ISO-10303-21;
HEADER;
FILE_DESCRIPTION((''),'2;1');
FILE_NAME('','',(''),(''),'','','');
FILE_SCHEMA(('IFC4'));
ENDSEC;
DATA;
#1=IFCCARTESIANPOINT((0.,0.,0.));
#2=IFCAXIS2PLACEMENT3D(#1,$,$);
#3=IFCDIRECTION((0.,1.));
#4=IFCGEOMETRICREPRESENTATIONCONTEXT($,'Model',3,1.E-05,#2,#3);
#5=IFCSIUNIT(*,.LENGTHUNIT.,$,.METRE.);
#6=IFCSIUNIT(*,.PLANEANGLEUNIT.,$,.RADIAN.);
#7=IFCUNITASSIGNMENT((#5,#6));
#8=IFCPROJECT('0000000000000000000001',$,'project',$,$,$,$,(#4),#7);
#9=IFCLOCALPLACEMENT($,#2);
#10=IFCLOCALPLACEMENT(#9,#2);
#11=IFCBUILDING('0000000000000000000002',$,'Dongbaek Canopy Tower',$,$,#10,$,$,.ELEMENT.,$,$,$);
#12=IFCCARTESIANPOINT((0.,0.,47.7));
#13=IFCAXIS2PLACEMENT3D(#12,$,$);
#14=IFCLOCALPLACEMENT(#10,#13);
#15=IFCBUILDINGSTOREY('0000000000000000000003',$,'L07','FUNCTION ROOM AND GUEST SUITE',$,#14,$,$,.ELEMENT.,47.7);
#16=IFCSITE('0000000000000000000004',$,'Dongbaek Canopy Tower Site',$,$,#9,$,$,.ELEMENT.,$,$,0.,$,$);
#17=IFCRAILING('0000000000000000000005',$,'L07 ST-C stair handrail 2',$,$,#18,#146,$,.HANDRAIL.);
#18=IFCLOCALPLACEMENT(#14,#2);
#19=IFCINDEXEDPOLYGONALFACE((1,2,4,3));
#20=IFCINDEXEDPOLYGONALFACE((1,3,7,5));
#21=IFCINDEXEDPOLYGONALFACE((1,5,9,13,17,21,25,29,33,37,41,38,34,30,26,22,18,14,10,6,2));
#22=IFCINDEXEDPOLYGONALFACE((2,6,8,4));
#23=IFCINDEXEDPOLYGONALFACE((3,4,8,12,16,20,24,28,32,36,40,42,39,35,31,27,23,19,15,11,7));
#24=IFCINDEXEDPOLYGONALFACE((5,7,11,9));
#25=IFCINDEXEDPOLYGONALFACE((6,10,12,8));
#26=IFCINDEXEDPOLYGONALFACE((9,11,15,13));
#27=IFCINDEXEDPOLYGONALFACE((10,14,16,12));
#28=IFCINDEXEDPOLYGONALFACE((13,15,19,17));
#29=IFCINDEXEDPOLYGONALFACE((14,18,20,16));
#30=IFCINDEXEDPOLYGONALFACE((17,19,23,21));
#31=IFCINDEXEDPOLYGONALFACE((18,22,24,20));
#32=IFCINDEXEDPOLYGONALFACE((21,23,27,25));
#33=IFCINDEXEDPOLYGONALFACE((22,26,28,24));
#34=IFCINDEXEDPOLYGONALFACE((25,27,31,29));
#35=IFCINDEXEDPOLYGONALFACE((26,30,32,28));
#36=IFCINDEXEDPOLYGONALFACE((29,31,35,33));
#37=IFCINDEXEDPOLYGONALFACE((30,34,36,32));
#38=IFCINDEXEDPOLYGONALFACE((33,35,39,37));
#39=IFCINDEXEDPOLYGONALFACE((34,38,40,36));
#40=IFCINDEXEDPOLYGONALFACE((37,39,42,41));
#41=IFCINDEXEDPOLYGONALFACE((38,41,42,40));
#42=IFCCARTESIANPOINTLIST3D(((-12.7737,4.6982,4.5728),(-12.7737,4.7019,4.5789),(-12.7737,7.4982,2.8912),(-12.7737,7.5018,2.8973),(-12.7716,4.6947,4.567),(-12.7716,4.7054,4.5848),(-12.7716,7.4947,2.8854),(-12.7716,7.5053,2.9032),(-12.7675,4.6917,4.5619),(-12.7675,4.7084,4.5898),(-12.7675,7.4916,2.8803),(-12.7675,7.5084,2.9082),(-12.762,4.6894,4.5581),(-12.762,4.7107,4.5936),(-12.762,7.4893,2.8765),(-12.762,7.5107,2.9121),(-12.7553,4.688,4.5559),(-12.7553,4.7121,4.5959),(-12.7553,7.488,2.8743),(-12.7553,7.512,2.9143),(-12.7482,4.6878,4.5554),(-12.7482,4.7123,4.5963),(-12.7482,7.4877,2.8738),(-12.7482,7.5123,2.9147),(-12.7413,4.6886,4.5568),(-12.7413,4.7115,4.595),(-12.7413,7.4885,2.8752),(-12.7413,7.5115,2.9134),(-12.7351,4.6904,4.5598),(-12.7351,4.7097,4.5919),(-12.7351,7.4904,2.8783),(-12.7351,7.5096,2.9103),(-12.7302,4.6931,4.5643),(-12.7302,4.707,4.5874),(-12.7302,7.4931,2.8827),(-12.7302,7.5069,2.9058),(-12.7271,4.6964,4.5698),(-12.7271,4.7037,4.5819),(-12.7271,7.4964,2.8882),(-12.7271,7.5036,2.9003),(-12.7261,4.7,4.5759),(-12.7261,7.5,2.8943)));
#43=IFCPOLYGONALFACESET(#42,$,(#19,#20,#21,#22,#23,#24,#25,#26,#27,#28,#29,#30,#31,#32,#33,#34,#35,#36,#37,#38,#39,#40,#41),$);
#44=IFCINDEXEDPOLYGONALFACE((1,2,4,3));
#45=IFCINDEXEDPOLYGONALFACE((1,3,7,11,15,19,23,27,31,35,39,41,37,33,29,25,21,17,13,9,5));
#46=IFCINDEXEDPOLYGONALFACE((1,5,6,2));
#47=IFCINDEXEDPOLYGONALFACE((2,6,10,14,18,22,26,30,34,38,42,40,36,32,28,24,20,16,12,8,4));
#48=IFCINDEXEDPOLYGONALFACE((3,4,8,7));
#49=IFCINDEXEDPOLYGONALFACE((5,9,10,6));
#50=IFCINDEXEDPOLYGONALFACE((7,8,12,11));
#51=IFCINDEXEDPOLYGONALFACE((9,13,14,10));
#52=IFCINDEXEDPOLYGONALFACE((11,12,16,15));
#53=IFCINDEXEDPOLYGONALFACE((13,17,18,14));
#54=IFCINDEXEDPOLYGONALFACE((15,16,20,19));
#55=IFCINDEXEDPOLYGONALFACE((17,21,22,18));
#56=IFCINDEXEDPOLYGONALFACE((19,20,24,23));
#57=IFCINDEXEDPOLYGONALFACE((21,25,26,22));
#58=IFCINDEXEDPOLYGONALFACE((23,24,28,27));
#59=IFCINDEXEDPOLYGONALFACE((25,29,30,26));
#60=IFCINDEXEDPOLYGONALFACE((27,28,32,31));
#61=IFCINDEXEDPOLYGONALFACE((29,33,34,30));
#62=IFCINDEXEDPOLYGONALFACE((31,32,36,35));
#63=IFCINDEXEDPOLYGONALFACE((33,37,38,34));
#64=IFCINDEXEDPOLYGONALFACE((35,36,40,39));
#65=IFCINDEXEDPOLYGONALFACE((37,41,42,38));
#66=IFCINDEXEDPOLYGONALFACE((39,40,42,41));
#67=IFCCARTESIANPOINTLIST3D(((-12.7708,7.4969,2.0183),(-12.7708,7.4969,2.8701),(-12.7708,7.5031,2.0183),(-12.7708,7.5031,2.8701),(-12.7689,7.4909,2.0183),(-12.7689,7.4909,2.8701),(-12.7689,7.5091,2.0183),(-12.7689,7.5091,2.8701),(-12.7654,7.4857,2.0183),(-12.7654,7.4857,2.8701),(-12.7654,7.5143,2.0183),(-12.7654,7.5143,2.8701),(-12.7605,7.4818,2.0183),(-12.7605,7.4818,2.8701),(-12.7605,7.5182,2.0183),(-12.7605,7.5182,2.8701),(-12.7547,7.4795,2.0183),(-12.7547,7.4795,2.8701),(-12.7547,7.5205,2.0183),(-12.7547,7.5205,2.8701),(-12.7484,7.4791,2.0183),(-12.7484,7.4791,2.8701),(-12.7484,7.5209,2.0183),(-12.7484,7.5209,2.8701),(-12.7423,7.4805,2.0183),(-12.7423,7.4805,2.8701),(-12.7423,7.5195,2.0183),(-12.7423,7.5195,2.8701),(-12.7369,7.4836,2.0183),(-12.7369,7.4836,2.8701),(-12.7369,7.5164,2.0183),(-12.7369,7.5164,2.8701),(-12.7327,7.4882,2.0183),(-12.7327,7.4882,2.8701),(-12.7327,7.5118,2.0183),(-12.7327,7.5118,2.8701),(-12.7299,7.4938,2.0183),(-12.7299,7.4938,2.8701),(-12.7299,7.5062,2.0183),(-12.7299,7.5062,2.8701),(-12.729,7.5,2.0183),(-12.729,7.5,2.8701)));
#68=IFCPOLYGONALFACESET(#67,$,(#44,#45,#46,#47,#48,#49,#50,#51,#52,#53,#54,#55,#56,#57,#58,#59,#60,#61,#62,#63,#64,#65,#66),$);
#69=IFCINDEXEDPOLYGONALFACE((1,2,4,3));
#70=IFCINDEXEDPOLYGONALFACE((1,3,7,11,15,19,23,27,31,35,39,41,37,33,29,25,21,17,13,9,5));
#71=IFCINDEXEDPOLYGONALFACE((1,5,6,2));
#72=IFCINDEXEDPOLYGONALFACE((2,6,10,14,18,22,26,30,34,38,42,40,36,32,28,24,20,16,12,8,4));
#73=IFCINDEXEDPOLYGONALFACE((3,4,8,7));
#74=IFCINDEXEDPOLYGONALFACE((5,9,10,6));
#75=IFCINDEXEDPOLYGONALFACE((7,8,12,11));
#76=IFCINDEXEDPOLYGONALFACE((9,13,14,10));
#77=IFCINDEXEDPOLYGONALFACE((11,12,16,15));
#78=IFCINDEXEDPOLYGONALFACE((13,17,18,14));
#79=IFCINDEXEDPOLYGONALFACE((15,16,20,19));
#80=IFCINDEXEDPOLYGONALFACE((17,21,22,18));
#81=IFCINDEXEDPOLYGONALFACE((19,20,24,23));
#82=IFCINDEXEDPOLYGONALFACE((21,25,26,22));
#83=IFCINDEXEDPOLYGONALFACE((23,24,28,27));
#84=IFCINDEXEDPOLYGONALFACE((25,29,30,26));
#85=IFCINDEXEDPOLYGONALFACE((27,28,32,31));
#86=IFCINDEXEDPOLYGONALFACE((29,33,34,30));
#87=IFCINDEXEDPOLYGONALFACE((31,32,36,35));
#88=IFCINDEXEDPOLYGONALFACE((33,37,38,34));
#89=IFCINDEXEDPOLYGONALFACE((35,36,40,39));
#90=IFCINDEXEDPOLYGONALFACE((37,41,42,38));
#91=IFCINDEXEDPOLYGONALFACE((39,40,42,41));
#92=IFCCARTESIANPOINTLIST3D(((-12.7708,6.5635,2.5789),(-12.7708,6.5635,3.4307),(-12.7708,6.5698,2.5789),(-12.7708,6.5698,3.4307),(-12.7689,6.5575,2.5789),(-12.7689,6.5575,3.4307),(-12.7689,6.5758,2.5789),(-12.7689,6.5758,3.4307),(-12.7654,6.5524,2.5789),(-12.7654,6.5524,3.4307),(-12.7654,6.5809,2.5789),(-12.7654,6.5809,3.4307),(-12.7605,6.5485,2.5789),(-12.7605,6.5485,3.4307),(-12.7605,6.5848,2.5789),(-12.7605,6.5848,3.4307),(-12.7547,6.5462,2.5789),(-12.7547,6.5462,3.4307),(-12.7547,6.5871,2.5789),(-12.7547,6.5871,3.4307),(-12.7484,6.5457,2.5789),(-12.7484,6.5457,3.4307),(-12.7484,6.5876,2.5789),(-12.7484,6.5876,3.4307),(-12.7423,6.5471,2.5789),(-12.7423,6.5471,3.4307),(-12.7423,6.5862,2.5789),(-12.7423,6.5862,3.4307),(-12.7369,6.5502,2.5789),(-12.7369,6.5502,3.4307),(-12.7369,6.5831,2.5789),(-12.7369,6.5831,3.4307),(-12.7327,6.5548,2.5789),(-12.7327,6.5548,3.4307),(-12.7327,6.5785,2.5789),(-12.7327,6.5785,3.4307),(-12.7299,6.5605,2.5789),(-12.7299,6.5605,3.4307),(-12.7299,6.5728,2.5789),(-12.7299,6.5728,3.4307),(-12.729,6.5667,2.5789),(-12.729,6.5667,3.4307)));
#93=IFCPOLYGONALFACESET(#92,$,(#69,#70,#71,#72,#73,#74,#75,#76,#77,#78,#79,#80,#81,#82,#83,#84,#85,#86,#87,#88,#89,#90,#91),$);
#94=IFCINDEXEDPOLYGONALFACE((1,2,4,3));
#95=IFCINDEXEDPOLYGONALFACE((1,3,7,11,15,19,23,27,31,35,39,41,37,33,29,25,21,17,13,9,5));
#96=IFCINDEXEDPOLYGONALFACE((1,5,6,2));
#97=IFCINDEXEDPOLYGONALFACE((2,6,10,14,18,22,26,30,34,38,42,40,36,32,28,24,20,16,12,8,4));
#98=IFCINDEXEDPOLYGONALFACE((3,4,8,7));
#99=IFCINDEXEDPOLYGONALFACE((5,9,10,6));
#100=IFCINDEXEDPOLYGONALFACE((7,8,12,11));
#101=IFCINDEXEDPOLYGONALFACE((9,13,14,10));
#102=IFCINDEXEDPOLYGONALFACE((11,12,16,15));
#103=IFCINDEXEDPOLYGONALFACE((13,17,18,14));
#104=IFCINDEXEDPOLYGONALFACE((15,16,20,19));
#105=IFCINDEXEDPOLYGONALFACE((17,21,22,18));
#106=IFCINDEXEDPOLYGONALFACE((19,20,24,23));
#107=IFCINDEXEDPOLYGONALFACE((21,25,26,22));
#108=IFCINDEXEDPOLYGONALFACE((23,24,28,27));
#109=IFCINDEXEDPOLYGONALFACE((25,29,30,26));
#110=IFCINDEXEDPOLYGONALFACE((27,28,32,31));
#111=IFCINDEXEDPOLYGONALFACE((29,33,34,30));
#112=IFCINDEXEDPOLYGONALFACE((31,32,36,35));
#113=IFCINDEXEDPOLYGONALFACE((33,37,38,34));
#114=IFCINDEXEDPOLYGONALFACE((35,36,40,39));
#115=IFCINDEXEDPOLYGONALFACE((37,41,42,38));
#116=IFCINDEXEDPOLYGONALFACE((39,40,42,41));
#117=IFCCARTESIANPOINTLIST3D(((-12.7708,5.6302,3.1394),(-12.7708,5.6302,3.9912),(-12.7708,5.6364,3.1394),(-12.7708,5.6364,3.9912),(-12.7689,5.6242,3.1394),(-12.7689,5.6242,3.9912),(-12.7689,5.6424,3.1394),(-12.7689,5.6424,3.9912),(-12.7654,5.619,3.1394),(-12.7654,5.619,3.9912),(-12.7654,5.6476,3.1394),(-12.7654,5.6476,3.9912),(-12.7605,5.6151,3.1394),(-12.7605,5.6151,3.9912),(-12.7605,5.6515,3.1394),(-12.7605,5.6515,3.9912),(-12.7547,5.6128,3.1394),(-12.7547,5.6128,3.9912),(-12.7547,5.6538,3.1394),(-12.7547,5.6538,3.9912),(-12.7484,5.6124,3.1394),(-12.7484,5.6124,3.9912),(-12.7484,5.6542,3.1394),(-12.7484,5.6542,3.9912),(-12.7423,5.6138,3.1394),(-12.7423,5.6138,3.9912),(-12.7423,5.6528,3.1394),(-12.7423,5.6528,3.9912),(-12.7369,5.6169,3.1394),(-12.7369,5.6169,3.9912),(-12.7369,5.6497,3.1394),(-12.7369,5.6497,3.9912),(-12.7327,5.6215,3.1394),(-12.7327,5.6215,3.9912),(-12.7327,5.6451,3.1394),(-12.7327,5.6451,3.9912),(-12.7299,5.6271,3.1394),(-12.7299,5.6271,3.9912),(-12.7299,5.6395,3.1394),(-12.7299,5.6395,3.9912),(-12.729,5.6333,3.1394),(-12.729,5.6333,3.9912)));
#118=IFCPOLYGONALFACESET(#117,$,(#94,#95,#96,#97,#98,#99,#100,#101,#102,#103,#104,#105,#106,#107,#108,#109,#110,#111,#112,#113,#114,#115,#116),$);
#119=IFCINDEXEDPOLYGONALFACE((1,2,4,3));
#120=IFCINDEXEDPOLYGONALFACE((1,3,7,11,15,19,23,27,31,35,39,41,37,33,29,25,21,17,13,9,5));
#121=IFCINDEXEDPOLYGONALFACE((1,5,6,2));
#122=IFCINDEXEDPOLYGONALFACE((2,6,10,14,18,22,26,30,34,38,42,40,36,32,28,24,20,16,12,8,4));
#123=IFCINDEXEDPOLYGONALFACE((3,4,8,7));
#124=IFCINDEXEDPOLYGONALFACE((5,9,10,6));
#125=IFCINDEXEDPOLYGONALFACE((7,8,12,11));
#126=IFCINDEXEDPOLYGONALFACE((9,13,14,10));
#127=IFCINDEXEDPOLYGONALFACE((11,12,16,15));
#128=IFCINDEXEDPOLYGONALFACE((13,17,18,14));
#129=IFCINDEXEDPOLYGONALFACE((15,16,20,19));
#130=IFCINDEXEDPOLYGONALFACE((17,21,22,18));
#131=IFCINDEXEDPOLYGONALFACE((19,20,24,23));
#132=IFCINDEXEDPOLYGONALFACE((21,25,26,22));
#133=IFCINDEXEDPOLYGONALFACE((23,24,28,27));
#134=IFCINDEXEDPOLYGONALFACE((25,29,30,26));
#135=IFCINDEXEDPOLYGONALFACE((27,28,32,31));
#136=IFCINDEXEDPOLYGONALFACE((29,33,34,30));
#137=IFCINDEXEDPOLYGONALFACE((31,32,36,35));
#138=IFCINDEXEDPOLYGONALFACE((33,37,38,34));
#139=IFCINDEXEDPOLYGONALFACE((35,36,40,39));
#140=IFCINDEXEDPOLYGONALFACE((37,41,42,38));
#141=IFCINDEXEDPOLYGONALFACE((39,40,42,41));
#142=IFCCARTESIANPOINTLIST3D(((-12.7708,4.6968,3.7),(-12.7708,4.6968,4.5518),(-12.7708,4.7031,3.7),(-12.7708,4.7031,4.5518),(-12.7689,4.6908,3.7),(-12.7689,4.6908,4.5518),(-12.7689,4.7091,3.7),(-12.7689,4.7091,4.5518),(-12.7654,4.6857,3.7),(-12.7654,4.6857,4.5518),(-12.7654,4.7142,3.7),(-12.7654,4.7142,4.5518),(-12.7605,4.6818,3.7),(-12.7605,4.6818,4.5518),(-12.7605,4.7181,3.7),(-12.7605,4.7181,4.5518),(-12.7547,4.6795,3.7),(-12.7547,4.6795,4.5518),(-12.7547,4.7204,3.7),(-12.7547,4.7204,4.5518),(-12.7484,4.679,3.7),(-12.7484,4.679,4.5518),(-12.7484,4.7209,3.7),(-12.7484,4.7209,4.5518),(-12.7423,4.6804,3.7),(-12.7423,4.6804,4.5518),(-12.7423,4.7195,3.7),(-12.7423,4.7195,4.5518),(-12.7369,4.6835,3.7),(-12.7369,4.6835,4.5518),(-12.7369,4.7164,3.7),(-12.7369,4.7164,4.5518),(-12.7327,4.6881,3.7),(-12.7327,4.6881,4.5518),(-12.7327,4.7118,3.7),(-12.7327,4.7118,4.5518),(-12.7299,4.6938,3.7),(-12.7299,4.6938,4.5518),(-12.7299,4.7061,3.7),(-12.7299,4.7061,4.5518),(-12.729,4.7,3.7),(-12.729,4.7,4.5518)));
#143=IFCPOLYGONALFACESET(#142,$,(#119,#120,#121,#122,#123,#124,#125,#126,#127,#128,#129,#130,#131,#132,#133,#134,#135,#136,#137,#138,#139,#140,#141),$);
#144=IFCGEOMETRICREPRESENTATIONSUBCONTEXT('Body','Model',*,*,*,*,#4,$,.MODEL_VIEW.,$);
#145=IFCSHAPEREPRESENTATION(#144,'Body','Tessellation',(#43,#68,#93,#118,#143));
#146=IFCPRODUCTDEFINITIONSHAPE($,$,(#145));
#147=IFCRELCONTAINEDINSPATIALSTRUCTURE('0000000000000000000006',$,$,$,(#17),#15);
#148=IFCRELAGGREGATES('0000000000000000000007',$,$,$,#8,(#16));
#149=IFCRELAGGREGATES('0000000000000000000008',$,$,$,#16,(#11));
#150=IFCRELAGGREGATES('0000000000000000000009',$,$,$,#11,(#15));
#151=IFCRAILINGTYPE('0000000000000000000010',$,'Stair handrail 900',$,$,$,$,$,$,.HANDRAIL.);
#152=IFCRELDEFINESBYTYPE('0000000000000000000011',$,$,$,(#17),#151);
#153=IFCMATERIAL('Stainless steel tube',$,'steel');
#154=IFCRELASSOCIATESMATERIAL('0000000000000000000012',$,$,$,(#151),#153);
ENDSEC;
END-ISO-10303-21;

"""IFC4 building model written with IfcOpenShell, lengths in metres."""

from ifc_helpers import new_model, si_unit, direction, frame, origin, origin_2d, place, context, subcontext, project, spatial, circle, extrude, material, type_object, element, save


model = new_model("IFC4")

# Units and contexts
model_context = context("Model", 3, precision=1e-05, world=origin(), true_north=direction((0.0, 1.0)))
body_context = subcontext(model_context, "Body", "Model", "MODEL_VIEW")
ifc_project = project(units=[si_unit("LENGTHUNIT", "METRE"), si_unit("PLANEANGLEUNIT", "RADIAN")], contexts=[model_context])

# Site, building, storey
site_placement = place(None, origin())
site = spatial("IfcSite", under=ifc_project, at=site_placement, Name="Dongbaek Canopy Tower Site", CompositionType="ELEMENT", RefElevation=0.0)
building_placement = place(site_placement, origin())
building = spatial("IfcBuilding", under=site, at=building_placement, Name="Dongbaek Canopy Tower", CompositionType="ELEMENT")
storey_placement = place(building_placement, frame((0.0, 0.0, 47.7)))
storey = spatial("IfcBuildingStorey", under=building, at=storey_placement, Name="L07", Description="FUNCTION ROOM AND GUEST SUITE", CompositionType="ELEMENT", Elevation=47.7)

# Railing
ifc_material_1 = material(Name="Stainless steel tube", Category="steel")
railing_type_1 = type_object("IfcRailingType", Name="Stair handrail 900", PredefinedType="HANDRAIL", material=ifc_material_1)
railing_1_placement = place(storey_placement, frame((-12.75, 7.5, 2.0183)))
element("IfcRailing", 1, at=railing_1_placement, inside=storey, type_object=railing_type_1, Name="L07 ST-C stair handrail 2", PredefinedType="HANDRAIL", context=body_context, shape_type="SweptSolid", body=[
    extrude(circle(Radius=0.0239, at=origin_2d()), frame((0.0, 0.0, 0.876), z_axis=(0.0, -0.857275, 0.514858), x_axis=(1.0, 0.0, 0.0)), (0.0, 0.0, 1.0), 3.2661),
    extrude(circle(Radius=0.021, at=origin_2d()), origin(), (0.0, 0.0, 1.0), 0.8518),
    extrude(circle(Radius=0.021, at=origin_2d()), frame((0.0, -0.9333, 0.5605)), (0.0, 0.0, 1.0), 0.8518),
    extrude(circle(Radius=0.021, at=origin_2d()), frame((0.0, -1.8667, 1.1211)), (0.0, 0.0, 1.0), 0.8518),
    extrude(circle(Radius=0.021, at=origin_2d()), frame((0.0, -2.8, 1.6816)), (0.0, 0.0, 1.0), 0.8518),
])

save(model, "model.ifc")
